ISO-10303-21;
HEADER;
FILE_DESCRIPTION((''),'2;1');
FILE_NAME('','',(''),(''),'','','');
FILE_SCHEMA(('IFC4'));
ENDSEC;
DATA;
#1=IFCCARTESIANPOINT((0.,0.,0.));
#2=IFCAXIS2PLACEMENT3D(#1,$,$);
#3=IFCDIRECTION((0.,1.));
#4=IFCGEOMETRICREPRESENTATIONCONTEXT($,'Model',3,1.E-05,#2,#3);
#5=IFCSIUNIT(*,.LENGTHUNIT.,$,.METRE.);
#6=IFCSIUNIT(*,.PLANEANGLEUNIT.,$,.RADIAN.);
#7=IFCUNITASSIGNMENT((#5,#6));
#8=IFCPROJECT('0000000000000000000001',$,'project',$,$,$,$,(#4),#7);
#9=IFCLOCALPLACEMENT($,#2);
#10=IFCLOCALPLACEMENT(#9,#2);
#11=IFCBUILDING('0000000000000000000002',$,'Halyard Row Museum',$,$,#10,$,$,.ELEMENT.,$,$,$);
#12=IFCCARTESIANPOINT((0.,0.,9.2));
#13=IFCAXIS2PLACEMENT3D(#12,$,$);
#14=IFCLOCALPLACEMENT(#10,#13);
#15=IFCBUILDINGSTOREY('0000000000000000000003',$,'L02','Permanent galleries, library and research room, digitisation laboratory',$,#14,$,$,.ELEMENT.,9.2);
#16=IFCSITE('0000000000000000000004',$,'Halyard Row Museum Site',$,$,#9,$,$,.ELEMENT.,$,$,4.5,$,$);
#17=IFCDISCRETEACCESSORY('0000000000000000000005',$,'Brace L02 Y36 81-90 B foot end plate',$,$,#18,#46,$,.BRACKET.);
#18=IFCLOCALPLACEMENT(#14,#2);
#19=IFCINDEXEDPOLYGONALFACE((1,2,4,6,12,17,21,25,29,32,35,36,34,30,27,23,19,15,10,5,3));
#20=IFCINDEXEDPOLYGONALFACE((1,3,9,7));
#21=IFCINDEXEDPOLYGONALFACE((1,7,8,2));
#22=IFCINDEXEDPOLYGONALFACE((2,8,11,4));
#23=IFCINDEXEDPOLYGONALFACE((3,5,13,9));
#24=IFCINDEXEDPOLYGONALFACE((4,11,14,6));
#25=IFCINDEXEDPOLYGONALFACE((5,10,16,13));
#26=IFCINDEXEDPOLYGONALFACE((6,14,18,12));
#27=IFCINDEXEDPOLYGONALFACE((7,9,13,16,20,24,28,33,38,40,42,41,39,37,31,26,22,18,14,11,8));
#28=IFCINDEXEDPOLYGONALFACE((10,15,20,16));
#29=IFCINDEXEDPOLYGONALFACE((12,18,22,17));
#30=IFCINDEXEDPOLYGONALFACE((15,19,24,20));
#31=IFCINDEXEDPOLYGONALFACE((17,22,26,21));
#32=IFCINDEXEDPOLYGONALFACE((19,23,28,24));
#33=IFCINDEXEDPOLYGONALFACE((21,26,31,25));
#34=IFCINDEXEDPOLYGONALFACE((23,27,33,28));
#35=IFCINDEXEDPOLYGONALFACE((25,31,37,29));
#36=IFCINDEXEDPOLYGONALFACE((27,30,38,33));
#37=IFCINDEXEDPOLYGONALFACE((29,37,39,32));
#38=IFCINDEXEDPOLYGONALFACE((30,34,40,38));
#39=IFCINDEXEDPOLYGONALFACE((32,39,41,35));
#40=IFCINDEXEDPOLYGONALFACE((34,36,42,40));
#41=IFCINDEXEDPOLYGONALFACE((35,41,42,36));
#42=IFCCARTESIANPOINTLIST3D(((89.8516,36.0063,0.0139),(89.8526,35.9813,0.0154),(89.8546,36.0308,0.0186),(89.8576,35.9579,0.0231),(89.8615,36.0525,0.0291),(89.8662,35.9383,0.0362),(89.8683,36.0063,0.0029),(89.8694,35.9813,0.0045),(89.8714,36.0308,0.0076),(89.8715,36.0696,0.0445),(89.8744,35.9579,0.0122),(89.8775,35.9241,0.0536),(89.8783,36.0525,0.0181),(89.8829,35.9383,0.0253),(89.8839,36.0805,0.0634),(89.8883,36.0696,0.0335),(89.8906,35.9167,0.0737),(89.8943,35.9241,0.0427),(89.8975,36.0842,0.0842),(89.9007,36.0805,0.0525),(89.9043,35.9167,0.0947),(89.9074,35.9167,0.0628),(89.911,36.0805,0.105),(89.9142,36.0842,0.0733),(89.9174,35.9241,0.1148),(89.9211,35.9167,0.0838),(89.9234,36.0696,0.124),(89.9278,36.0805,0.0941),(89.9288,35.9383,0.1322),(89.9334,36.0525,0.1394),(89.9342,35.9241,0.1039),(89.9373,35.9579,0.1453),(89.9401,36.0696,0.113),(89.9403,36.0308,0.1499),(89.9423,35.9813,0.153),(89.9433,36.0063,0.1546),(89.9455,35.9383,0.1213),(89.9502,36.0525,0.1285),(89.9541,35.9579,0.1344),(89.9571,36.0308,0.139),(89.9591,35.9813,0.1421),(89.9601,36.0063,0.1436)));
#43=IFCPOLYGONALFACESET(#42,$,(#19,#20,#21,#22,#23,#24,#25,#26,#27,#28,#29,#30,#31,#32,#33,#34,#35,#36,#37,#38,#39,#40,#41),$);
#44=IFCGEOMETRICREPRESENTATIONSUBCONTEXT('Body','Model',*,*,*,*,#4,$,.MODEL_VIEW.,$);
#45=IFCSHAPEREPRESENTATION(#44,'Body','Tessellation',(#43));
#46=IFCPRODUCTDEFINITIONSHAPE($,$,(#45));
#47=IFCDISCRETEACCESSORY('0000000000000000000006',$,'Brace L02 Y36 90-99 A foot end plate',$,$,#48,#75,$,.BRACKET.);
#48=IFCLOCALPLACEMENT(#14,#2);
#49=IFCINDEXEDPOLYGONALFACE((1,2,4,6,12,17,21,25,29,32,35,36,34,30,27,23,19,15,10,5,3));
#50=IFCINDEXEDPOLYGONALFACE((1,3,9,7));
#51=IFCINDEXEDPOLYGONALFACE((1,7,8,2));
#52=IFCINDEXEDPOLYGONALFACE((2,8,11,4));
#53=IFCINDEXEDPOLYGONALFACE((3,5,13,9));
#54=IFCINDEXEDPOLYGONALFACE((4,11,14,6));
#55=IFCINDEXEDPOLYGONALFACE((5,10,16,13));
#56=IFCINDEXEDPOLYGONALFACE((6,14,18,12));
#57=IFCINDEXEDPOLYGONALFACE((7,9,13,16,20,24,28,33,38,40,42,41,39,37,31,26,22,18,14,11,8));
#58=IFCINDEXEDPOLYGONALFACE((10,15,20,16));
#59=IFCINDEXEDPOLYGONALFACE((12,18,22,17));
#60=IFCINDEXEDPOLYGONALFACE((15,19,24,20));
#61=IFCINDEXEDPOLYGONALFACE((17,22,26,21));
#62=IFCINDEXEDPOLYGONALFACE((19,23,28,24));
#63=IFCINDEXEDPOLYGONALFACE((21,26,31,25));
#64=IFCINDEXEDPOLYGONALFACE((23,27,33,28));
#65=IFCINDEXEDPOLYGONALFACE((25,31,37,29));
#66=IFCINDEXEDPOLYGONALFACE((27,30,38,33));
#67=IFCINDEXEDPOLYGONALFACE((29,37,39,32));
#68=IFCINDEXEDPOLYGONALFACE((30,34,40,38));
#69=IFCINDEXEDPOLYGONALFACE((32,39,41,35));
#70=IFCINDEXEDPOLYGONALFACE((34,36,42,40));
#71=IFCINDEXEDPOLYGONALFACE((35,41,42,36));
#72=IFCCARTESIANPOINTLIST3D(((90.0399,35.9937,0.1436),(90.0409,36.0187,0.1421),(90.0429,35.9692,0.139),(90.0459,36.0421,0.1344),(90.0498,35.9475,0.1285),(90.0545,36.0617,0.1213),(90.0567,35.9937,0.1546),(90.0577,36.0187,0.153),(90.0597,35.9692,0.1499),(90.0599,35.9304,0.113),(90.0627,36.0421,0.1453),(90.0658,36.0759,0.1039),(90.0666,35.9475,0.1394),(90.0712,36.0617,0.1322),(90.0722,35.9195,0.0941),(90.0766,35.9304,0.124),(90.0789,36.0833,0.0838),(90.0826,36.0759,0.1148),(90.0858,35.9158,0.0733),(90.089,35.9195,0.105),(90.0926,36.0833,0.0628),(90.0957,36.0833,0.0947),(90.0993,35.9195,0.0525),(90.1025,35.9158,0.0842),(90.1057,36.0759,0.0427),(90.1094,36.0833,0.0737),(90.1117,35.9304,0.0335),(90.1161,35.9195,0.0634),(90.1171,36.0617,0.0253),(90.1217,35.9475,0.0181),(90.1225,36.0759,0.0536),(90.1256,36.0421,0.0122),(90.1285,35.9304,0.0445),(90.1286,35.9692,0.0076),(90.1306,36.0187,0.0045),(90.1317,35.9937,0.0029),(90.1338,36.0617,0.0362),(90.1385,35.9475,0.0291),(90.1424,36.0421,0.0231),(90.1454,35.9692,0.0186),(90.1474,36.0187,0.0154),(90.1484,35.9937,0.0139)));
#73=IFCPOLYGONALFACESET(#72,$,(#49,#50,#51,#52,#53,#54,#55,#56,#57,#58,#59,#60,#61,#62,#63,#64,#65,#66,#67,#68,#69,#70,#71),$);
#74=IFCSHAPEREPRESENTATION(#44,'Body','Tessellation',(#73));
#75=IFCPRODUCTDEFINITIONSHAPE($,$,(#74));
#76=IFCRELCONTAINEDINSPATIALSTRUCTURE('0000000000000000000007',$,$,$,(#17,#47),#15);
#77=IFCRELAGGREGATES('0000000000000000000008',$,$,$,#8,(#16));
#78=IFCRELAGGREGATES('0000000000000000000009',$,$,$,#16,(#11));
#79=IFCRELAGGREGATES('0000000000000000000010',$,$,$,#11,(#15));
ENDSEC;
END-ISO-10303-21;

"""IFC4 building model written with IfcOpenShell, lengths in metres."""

from ifc_helpers import new_model, si_unit, direction, frame, origin, origin_2d, place, context, subcontext, project, spatial, circle, extrude, element, save


model = new_model("IFC4")

# Units and contexts
model_context = context("Model", 3, precision=1e-05, world=origin(), true_north=direction((0.0, 1.0)))
body_context = subcontext(model_context, "Body", "Model", "MODEL_VIEW")
ifc_project = project(units=[si_unit("LENGTHUNIT", "METRE"), si_unit("PLANEANGLEUNIT", "RADIAN")], contexts=[model_context])

# Site, building, storey
site_placement = place(None, origin())
site = spatial("IfcSite", under=ifc_project, at=site_placement, Name="Halyard Row Museum Site", CompositionType="ELEMENT", RefElevation=4.5)
building_placement = place(site_placement, origin())
building = spatial("IfcBuilding", under=site, at=building_placement, Name="Halyard Row Museum", CompositionType="ELEMENT")
storey_placement = place(building_placement, frame((0.0, 0.0, 9.2)))
storey = spatial("IfcBuildingStorey", under=building, at=storey_placement, Name="L02", Description="Permanent galleries, library and research room, digitisation laboratory", CompositionType="ELEMENT", Elevation=9.2)

# Discrete accessories
for number, where, z_axis, x_axis, name in (
    (1, (89.8975, 36.0, 0.0842), (0.837611, 0.0, -0.546268), (0.0, 1.0, 0.0), "Brace L02 Y36 81-90 B foot end plate"),
    (2, (90.1025, 36.0, 0.0842), (-0.837611, 0.0, -0.546268), (0.0, -1.0, 0.0), "Brace L02 Y36 90-99 A foot end plate"),
):
    element("IfcDiscreteAccessory", number, at=place(storey_placement, frame(where, z_axis=z_axis, x_axis=x_axis)), inside=storey, Name=name, PredefinedType="BRACKET", context=body_context, shape_type="SweptSolid", body=[
        extrude(circle(Radius=0.0842, at=origin_2d()), origin(), (0.0, 0.0, 1.0), 0.02),
    ])

save(model, "model.ifc")
